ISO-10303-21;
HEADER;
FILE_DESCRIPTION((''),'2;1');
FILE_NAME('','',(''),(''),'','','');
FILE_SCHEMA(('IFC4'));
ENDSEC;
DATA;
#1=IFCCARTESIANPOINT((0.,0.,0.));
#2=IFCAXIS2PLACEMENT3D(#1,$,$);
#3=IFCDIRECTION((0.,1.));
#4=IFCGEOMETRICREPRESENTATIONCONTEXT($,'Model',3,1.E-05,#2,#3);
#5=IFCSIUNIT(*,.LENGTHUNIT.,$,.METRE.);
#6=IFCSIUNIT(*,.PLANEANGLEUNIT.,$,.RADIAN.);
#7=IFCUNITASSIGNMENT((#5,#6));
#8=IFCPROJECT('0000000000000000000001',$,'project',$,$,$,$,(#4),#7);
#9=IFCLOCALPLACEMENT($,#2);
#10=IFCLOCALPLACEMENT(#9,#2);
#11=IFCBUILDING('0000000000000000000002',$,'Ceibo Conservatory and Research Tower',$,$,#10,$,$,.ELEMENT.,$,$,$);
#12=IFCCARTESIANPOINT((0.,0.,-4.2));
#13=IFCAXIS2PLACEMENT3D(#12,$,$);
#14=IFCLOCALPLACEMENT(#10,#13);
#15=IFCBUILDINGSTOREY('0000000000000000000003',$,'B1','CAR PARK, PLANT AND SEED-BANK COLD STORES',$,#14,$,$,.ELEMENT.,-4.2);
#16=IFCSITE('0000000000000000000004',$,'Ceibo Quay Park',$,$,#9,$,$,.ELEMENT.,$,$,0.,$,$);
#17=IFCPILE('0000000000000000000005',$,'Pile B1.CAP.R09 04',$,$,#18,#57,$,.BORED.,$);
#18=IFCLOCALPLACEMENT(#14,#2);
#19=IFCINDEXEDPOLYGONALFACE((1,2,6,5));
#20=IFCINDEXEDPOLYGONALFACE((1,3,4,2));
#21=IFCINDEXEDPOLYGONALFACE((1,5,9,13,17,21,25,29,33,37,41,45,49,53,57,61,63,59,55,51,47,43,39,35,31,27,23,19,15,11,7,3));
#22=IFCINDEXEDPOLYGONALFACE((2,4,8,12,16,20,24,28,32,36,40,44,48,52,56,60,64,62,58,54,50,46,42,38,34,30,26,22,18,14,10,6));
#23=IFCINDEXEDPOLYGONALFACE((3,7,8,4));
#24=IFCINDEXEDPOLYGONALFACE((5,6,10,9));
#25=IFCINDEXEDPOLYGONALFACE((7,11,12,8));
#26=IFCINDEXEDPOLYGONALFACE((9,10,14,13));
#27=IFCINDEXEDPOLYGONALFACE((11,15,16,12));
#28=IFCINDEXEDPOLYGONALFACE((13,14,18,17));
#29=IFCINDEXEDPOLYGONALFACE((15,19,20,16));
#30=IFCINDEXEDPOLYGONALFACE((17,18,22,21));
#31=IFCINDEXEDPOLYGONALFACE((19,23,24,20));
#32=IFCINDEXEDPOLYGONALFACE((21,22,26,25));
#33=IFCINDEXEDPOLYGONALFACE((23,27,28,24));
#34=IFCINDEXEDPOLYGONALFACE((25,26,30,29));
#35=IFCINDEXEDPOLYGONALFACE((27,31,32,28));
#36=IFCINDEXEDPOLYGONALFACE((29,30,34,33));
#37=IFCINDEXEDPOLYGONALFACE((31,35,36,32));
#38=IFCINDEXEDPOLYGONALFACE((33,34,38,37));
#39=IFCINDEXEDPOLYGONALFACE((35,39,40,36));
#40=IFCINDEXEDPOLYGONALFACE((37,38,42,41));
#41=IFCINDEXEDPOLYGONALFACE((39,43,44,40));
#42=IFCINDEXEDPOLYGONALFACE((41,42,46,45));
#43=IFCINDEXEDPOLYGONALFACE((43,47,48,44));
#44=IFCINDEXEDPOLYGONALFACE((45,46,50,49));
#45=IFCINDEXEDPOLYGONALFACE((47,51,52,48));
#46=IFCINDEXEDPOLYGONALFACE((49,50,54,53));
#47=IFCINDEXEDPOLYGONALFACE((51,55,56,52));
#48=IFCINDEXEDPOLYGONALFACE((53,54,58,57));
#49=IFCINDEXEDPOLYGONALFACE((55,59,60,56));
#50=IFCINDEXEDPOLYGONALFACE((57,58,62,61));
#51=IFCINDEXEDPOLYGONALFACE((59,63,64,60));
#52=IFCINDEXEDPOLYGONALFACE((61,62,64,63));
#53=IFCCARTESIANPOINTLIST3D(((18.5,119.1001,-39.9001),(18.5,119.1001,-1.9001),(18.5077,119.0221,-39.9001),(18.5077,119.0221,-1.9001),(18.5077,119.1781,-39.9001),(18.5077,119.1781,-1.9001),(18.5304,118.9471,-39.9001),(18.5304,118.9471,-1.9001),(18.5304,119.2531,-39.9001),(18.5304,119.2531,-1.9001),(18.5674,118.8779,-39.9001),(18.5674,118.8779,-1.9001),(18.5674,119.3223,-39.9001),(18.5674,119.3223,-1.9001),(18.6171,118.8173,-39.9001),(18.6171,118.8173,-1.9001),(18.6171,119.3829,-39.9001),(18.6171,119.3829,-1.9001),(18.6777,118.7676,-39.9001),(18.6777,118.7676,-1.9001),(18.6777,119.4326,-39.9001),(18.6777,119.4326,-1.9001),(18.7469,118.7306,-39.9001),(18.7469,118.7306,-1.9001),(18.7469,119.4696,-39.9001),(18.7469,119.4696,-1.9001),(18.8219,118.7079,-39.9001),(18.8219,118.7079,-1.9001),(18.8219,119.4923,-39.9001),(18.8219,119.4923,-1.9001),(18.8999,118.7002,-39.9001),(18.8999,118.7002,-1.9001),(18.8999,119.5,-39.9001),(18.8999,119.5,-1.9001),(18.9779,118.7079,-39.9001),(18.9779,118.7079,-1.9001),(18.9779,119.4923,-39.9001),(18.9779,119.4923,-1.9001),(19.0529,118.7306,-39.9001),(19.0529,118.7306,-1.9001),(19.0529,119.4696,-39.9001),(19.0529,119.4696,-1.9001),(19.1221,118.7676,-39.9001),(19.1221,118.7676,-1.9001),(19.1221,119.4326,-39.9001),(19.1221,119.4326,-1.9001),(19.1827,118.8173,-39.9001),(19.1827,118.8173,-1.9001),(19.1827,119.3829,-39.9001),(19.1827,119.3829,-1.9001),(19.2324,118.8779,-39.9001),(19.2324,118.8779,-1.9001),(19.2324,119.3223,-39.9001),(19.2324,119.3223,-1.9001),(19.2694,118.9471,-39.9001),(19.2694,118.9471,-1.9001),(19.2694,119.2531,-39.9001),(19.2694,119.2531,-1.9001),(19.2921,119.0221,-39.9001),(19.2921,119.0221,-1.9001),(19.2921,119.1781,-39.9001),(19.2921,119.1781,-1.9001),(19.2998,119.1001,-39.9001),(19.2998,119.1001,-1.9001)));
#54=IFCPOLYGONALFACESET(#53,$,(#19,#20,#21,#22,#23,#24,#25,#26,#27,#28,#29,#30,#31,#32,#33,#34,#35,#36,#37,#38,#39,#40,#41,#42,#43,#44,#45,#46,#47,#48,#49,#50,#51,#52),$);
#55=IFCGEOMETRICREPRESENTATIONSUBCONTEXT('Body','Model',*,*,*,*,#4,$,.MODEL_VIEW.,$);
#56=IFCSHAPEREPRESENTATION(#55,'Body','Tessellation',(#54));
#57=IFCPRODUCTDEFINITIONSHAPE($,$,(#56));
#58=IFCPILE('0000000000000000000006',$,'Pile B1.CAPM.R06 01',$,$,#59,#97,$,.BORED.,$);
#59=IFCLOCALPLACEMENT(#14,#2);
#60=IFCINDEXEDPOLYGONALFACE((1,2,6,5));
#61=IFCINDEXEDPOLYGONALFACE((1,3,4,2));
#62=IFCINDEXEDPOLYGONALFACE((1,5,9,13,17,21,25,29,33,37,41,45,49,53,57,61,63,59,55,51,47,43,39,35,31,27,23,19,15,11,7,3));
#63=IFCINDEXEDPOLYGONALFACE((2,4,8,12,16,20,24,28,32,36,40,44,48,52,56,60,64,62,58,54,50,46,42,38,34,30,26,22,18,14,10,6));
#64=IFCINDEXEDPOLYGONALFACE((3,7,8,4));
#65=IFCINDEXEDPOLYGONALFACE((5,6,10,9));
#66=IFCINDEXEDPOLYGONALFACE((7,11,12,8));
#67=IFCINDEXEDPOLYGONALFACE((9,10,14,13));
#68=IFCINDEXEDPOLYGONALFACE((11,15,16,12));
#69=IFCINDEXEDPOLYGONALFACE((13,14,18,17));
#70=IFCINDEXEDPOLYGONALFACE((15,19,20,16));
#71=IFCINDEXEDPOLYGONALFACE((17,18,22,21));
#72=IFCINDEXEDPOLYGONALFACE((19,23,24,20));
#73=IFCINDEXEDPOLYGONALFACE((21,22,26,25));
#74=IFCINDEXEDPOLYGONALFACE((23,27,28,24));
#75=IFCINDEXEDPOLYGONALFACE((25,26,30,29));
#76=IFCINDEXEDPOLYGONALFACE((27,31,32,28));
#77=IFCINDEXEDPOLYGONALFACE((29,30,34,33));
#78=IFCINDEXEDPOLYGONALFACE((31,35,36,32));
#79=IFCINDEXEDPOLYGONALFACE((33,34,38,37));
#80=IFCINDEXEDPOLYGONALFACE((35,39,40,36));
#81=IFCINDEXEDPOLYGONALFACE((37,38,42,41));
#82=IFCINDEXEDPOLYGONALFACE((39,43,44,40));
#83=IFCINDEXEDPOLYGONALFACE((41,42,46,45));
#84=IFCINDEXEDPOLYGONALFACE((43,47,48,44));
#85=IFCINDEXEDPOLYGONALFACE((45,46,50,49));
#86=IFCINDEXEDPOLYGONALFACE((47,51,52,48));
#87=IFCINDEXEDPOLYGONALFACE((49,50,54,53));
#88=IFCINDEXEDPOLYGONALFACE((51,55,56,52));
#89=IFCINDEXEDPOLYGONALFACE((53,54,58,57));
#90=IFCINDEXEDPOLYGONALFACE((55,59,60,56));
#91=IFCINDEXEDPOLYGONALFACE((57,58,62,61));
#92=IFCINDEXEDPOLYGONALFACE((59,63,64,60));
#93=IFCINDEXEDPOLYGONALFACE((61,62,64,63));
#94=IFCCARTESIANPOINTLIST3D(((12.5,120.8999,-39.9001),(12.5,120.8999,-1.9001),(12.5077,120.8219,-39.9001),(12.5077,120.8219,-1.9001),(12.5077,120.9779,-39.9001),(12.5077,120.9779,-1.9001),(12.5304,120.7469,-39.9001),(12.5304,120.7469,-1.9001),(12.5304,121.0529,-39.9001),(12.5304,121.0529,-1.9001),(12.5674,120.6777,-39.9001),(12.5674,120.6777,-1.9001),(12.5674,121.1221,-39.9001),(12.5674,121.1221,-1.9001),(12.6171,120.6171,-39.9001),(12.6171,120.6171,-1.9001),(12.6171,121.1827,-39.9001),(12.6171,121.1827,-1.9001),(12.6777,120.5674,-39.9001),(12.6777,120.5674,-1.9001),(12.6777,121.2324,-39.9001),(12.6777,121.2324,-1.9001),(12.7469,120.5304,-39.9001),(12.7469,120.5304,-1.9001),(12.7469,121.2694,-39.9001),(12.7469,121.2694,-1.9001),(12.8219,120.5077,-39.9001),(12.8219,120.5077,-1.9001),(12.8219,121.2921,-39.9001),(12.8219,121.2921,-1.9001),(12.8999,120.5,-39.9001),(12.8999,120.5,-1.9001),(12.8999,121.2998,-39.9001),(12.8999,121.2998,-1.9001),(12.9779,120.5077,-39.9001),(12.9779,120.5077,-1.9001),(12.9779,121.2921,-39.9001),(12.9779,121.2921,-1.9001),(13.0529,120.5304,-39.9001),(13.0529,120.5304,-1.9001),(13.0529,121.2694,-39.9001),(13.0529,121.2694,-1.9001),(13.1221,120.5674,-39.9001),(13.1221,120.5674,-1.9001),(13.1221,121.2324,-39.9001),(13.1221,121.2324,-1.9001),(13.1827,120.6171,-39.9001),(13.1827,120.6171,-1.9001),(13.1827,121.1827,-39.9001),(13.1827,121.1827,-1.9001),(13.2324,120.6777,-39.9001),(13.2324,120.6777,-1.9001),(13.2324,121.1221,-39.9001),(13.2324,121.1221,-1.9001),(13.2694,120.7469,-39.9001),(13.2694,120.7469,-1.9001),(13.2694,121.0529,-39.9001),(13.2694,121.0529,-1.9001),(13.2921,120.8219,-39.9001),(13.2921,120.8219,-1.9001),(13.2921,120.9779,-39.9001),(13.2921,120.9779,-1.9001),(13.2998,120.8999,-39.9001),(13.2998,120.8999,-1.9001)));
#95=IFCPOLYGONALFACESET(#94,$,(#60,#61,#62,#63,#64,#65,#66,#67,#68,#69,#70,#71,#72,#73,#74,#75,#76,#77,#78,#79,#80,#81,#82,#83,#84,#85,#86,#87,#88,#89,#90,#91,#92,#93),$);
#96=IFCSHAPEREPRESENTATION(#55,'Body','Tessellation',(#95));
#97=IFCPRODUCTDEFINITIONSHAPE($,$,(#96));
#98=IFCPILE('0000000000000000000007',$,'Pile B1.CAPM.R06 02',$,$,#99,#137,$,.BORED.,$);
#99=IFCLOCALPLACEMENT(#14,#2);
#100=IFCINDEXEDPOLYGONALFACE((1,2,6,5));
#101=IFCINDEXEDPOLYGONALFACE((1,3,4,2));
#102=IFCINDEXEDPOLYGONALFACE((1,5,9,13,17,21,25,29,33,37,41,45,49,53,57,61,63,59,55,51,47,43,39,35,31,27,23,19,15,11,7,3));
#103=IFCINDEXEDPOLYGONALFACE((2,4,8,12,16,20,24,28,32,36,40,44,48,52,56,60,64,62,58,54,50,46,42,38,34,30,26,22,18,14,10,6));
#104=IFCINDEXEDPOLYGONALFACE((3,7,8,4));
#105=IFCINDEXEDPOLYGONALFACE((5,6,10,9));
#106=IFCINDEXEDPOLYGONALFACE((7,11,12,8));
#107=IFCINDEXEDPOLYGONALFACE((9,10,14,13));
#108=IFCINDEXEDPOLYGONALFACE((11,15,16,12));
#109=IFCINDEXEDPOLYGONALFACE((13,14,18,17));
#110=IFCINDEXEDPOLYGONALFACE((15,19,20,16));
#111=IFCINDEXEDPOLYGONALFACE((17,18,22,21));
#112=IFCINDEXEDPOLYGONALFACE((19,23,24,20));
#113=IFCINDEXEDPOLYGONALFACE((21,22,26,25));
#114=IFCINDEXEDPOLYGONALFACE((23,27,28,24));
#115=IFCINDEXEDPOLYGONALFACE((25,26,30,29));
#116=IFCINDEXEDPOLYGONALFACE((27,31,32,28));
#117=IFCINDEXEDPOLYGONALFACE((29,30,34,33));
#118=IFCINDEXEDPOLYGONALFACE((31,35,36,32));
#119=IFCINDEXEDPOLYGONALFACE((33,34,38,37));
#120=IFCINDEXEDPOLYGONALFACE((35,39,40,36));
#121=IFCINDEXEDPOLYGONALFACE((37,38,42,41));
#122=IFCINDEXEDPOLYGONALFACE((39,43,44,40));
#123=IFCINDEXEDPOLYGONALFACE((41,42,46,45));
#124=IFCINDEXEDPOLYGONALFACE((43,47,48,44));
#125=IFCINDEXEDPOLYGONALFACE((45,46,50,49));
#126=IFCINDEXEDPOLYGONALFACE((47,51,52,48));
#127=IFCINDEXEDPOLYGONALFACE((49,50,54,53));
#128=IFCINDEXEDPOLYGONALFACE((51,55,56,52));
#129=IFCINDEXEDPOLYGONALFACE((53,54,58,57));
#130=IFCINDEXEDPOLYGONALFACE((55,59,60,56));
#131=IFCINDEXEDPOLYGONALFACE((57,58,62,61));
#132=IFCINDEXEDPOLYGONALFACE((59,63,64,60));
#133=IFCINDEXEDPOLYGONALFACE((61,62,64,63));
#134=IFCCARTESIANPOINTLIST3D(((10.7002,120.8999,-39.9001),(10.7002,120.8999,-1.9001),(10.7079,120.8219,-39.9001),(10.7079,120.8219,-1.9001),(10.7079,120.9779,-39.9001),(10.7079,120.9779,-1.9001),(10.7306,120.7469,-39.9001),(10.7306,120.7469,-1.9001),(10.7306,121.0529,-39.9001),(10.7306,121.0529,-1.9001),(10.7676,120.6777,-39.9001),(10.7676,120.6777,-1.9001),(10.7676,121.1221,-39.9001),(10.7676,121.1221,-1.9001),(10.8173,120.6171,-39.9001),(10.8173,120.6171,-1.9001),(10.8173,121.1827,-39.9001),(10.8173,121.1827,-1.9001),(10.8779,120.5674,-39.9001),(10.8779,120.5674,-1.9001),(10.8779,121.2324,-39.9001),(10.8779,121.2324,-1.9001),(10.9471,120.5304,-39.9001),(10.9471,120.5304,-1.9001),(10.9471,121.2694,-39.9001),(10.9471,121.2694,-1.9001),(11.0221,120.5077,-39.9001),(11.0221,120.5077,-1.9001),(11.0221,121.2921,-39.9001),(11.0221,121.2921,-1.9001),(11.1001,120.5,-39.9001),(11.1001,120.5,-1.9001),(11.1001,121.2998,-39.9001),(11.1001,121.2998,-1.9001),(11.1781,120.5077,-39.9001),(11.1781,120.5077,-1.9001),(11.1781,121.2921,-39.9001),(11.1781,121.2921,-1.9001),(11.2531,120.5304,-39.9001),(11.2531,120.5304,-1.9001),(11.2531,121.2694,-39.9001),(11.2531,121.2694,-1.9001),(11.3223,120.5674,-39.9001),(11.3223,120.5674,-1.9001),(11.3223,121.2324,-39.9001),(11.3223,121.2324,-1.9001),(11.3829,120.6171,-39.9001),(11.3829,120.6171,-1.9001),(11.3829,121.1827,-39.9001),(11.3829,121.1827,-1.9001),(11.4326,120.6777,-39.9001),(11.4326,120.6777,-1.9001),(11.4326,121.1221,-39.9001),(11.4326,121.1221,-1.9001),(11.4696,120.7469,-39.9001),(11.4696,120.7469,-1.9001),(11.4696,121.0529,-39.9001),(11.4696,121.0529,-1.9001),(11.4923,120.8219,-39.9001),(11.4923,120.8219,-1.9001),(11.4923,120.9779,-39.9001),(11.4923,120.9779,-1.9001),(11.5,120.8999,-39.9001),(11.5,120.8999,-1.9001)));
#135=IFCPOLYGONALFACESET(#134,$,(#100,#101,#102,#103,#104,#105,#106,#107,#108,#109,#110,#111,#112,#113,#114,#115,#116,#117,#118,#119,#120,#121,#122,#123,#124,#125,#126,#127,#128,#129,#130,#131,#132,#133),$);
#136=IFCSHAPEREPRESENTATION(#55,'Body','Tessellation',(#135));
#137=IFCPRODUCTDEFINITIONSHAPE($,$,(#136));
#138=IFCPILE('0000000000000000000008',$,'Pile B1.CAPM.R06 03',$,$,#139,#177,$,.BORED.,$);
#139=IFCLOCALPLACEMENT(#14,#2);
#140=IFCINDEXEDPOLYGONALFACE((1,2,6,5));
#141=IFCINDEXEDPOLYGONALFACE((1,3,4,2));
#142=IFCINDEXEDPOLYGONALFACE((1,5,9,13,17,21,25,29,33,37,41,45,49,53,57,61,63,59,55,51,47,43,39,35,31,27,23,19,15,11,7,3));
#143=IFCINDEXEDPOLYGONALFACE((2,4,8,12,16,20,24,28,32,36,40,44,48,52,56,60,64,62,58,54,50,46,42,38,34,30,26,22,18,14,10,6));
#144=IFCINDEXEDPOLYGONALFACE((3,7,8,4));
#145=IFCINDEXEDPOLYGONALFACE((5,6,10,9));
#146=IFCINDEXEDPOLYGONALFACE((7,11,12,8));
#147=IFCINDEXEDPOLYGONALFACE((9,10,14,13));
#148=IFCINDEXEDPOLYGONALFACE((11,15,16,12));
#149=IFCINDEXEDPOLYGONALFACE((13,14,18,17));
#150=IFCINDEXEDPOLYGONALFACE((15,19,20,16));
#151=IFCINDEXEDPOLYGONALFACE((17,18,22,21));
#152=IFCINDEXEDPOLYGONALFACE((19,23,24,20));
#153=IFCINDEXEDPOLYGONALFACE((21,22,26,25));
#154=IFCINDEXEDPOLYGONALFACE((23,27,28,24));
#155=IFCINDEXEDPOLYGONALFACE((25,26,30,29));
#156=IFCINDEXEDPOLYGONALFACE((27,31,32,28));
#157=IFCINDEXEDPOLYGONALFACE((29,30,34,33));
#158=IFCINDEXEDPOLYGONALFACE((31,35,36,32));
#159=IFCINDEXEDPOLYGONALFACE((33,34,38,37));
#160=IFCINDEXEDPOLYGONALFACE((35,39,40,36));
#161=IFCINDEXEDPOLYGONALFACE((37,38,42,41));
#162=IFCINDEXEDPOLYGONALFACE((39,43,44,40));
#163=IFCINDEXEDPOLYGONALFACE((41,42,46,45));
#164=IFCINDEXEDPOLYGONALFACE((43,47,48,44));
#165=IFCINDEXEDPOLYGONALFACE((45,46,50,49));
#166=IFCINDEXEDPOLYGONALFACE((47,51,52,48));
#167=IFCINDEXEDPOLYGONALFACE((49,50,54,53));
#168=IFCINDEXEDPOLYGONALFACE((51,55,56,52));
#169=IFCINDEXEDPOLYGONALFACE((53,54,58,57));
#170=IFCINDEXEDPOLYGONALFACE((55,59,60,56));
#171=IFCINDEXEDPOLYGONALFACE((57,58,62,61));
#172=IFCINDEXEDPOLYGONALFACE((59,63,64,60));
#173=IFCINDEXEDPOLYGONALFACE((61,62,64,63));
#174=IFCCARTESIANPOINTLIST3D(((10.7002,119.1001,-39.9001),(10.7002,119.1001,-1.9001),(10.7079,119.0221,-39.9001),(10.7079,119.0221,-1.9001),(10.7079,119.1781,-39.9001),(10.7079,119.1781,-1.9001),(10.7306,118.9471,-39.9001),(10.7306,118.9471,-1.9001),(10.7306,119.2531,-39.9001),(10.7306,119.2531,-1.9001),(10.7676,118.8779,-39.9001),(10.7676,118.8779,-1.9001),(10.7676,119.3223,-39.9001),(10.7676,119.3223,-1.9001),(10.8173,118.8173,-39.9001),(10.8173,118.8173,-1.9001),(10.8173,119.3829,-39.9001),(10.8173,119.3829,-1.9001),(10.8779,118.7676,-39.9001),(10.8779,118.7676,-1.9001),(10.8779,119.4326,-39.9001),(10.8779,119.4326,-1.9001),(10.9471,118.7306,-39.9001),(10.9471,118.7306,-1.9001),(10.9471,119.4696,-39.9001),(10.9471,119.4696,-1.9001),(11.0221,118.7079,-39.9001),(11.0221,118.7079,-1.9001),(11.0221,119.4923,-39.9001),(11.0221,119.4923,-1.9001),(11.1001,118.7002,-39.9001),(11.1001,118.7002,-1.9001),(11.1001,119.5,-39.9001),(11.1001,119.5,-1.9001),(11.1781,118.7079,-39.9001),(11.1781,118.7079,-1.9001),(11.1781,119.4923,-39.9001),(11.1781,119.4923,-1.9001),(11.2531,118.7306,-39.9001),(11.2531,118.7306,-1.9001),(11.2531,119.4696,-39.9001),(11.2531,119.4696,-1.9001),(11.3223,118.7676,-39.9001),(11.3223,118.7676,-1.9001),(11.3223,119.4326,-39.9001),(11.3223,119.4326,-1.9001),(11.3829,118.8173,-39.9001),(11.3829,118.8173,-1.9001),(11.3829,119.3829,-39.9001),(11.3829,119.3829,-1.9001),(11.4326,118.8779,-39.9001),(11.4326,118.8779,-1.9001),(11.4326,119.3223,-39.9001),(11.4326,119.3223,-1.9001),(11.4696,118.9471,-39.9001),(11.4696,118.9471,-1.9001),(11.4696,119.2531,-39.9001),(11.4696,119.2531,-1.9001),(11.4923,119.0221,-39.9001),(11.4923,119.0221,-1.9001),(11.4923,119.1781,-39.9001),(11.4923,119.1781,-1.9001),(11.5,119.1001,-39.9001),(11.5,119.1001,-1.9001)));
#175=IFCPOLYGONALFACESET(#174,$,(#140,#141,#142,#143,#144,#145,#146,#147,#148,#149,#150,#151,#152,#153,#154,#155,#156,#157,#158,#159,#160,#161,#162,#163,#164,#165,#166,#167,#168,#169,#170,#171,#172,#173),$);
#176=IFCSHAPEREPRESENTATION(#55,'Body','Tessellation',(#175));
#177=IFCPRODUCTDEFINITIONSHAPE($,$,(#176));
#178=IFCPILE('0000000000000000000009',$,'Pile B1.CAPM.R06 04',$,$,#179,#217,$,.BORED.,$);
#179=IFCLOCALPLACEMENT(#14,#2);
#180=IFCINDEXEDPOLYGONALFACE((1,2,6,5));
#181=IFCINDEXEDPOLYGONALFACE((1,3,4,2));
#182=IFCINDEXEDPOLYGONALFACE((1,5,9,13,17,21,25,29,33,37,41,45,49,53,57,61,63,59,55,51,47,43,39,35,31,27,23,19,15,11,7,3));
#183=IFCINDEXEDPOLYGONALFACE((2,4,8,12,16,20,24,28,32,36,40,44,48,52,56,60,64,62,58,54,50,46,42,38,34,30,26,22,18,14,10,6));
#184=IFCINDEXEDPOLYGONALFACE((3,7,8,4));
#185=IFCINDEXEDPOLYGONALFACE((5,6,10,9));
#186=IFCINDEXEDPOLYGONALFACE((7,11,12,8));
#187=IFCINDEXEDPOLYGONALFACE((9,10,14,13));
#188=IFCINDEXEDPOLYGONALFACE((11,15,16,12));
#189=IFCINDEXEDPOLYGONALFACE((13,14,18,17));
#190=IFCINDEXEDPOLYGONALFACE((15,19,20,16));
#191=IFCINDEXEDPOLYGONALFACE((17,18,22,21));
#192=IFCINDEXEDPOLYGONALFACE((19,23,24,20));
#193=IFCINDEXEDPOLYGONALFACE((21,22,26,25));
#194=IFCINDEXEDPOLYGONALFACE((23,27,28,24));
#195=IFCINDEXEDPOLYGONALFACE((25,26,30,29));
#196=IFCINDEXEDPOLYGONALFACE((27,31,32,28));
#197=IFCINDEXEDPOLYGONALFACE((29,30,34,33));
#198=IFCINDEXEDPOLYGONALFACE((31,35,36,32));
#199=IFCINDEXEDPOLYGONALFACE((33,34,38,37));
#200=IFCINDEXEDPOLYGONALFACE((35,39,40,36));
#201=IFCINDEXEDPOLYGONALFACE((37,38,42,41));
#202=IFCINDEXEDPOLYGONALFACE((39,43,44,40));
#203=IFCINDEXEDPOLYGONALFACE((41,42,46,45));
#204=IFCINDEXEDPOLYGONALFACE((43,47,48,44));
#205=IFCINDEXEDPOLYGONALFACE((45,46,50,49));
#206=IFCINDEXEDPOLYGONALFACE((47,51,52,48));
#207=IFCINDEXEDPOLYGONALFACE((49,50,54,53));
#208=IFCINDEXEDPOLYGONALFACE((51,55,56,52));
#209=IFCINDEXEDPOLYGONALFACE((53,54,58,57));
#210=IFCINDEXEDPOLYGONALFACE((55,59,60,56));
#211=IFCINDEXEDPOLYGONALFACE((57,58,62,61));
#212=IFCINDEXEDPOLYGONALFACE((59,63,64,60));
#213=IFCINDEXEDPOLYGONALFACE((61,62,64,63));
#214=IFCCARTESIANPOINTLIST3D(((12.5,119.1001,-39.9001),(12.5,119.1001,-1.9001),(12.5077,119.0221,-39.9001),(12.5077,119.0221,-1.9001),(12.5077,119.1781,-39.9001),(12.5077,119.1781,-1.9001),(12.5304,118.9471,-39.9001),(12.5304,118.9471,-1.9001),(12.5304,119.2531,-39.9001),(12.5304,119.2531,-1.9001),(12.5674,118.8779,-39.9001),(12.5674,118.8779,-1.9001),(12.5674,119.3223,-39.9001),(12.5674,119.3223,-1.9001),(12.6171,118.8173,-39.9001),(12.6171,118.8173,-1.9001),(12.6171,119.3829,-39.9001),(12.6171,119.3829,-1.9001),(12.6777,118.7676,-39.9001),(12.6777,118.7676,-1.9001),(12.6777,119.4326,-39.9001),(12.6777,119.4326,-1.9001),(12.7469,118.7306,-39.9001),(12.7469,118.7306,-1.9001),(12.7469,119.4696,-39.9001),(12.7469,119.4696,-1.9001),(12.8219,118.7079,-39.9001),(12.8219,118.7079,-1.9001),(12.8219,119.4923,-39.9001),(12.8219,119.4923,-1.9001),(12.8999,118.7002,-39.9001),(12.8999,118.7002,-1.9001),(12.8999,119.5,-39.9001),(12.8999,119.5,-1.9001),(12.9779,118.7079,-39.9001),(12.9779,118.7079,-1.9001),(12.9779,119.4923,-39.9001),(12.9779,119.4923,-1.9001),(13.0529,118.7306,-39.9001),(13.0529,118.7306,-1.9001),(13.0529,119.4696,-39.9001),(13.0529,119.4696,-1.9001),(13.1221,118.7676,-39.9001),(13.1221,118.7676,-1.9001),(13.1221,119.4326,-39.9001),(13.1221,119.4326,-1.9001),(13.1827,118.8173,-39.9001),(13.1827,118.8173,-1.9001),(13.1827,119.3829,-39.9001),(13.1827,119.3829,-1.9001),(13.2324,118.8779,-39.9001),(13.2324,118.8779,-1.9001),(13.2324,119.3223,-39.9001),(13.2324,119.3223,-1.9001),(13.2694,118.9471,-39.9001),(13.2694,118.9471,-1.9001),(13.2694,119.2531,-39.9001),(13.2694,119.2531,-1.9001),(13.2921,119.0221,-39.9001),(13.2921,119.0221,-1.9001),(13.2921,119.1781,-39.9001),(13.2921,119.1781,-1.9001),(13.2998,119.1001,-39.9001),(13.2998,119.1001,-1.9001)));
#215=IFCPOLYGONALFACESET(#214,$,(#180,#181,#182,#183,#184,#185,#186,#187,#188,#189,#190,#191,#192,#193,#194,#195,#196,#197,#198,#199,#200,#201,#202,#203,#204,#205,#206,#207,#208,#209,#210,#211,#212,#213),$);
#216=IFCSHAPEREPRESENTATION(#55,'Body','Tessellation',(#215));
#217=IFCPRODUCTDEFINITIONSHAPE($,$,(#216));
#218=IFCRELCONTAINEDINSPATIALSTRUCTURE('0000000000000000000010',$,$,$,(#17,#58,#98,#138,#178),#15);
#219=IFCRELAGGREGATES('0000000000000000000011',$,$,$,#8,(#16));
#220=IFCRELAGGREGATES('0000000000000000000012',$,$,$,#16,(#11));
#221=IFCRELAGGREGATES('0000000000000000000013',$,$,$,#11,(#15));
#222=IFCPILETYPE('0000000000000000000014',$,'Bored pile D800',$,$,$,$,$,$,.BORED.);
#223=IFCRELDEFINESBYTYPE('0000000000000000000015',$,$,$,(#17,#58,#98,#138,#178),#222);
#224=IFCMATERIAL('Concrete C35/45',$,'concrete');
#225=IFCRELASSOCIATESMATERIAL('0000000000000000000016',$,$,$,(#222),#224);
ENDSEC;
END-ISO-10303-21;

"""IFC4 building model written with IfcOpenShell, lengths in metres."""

from ifc_helpers import new_model, si_unit, direction, frame, origin, origin_2d, place, context, subcontext, project, spatial, circle, extrude, material, material_profile, profile_set, type_object, element, save


model = new_model("IFC4")

# Units and contexts
model_context = context("Model", 3, precision=1e-05, world=origin(), true_north=direction((0.0, 1.0)))
body_context = subcontext(model_context, "Body", "Model", "MODEL_VIEW")
ifc_project = project(units=[si_unit("LENGTHUNIT", "METRE"), si_unit("PLANEANGLEUNIT", "RADIAN")], contexts=[model_context])

# Site, building, storey
site_placement = place(None, origin())
site = spatial("IfcSite", under=ifc_project, at=site_placement, Name="Ceibo Quay Park", CompositionType="ELEMENT", RefElevation=0.0)
building_placement = place(site_placement, origin())
building = spatial("IfcBuilding", under=site, at=building_placement, Name="Ceibo Conservatory and Research Tower", CompositionType="ELEMENT")
storey_placement = place(building_placement, frame((0.0, 0.0, -4.2)))
storey = spatial("IfcBuildingStorey", under=building, at=storey_placement, Name="B1", Description="CAR PARK, PLANT AND SEED-BANK COLD STORES", CompositionType="ELEMENT", Elevation=-4.2)

# Piles
ifc_material_1 = material(Name="Concrete C35/45", Category="concrete")
ifc_material_profile_1 = material_profile(ifc_material_1, circle(Radius=0.3999, at=origin_2d()), Name="RC D800")
ifc_profile_set_1 = profile_set([ifc_material_profile_1], Name="Concrete C35/45")
pile_type_1 = type_object("IfcPileType", Name="Bored pile D800", PredefinedType="BORED", material=ifc_profile_set_1)
for number, where, z_axis, x_axis, name in (
    (1, (18.8999, 119.1001, -1.9001), (0.0, 0.0, -1.0), (1.0, 0.0, 0.0), "Pile B1.CAP.R09 04"),
    (2, (12.8999, 120.8999, -1.9001), (0.0, 0.0, -1.0), (1.0, 0.0, 0.0), "Pile B1.CAPM.R06 01"),
    (3, (11.1001, 120.8999, -1.9001), (0.0, 0.0, -1.0), (1.0, 0.0, 0.0), "Pile B1.CAPM.R06 02"),
    (4, (11.1001, 119.1001, -1.9001), (0.0, 0.0, -1.0), (1.0, 0.0, 0.0), "Pile B1.CAPM.R06 03"),
    (5, (12.8999, 119.1001, -1.9001), (0.0, 0.0, -1.0), (1.0, 0.0, 0.0), "Pile B1.CAPM.R06 04"),
):
    element("IfcPile", number, at=place(storey_placement, frame(where, z_axis=z_axis, x_axis=x_axis)), inside=storey, type_object=pile_type_1, Name=name, PredefinedType="BORED", context=body_context, shape_type="SweptSolid", body=[
        extrude(circle(Radius=0.3999, at=origin_2d()), origin(), (0.0, 0.0, 1.0), 38.0),
    ])

save(model, "model.ifc")
